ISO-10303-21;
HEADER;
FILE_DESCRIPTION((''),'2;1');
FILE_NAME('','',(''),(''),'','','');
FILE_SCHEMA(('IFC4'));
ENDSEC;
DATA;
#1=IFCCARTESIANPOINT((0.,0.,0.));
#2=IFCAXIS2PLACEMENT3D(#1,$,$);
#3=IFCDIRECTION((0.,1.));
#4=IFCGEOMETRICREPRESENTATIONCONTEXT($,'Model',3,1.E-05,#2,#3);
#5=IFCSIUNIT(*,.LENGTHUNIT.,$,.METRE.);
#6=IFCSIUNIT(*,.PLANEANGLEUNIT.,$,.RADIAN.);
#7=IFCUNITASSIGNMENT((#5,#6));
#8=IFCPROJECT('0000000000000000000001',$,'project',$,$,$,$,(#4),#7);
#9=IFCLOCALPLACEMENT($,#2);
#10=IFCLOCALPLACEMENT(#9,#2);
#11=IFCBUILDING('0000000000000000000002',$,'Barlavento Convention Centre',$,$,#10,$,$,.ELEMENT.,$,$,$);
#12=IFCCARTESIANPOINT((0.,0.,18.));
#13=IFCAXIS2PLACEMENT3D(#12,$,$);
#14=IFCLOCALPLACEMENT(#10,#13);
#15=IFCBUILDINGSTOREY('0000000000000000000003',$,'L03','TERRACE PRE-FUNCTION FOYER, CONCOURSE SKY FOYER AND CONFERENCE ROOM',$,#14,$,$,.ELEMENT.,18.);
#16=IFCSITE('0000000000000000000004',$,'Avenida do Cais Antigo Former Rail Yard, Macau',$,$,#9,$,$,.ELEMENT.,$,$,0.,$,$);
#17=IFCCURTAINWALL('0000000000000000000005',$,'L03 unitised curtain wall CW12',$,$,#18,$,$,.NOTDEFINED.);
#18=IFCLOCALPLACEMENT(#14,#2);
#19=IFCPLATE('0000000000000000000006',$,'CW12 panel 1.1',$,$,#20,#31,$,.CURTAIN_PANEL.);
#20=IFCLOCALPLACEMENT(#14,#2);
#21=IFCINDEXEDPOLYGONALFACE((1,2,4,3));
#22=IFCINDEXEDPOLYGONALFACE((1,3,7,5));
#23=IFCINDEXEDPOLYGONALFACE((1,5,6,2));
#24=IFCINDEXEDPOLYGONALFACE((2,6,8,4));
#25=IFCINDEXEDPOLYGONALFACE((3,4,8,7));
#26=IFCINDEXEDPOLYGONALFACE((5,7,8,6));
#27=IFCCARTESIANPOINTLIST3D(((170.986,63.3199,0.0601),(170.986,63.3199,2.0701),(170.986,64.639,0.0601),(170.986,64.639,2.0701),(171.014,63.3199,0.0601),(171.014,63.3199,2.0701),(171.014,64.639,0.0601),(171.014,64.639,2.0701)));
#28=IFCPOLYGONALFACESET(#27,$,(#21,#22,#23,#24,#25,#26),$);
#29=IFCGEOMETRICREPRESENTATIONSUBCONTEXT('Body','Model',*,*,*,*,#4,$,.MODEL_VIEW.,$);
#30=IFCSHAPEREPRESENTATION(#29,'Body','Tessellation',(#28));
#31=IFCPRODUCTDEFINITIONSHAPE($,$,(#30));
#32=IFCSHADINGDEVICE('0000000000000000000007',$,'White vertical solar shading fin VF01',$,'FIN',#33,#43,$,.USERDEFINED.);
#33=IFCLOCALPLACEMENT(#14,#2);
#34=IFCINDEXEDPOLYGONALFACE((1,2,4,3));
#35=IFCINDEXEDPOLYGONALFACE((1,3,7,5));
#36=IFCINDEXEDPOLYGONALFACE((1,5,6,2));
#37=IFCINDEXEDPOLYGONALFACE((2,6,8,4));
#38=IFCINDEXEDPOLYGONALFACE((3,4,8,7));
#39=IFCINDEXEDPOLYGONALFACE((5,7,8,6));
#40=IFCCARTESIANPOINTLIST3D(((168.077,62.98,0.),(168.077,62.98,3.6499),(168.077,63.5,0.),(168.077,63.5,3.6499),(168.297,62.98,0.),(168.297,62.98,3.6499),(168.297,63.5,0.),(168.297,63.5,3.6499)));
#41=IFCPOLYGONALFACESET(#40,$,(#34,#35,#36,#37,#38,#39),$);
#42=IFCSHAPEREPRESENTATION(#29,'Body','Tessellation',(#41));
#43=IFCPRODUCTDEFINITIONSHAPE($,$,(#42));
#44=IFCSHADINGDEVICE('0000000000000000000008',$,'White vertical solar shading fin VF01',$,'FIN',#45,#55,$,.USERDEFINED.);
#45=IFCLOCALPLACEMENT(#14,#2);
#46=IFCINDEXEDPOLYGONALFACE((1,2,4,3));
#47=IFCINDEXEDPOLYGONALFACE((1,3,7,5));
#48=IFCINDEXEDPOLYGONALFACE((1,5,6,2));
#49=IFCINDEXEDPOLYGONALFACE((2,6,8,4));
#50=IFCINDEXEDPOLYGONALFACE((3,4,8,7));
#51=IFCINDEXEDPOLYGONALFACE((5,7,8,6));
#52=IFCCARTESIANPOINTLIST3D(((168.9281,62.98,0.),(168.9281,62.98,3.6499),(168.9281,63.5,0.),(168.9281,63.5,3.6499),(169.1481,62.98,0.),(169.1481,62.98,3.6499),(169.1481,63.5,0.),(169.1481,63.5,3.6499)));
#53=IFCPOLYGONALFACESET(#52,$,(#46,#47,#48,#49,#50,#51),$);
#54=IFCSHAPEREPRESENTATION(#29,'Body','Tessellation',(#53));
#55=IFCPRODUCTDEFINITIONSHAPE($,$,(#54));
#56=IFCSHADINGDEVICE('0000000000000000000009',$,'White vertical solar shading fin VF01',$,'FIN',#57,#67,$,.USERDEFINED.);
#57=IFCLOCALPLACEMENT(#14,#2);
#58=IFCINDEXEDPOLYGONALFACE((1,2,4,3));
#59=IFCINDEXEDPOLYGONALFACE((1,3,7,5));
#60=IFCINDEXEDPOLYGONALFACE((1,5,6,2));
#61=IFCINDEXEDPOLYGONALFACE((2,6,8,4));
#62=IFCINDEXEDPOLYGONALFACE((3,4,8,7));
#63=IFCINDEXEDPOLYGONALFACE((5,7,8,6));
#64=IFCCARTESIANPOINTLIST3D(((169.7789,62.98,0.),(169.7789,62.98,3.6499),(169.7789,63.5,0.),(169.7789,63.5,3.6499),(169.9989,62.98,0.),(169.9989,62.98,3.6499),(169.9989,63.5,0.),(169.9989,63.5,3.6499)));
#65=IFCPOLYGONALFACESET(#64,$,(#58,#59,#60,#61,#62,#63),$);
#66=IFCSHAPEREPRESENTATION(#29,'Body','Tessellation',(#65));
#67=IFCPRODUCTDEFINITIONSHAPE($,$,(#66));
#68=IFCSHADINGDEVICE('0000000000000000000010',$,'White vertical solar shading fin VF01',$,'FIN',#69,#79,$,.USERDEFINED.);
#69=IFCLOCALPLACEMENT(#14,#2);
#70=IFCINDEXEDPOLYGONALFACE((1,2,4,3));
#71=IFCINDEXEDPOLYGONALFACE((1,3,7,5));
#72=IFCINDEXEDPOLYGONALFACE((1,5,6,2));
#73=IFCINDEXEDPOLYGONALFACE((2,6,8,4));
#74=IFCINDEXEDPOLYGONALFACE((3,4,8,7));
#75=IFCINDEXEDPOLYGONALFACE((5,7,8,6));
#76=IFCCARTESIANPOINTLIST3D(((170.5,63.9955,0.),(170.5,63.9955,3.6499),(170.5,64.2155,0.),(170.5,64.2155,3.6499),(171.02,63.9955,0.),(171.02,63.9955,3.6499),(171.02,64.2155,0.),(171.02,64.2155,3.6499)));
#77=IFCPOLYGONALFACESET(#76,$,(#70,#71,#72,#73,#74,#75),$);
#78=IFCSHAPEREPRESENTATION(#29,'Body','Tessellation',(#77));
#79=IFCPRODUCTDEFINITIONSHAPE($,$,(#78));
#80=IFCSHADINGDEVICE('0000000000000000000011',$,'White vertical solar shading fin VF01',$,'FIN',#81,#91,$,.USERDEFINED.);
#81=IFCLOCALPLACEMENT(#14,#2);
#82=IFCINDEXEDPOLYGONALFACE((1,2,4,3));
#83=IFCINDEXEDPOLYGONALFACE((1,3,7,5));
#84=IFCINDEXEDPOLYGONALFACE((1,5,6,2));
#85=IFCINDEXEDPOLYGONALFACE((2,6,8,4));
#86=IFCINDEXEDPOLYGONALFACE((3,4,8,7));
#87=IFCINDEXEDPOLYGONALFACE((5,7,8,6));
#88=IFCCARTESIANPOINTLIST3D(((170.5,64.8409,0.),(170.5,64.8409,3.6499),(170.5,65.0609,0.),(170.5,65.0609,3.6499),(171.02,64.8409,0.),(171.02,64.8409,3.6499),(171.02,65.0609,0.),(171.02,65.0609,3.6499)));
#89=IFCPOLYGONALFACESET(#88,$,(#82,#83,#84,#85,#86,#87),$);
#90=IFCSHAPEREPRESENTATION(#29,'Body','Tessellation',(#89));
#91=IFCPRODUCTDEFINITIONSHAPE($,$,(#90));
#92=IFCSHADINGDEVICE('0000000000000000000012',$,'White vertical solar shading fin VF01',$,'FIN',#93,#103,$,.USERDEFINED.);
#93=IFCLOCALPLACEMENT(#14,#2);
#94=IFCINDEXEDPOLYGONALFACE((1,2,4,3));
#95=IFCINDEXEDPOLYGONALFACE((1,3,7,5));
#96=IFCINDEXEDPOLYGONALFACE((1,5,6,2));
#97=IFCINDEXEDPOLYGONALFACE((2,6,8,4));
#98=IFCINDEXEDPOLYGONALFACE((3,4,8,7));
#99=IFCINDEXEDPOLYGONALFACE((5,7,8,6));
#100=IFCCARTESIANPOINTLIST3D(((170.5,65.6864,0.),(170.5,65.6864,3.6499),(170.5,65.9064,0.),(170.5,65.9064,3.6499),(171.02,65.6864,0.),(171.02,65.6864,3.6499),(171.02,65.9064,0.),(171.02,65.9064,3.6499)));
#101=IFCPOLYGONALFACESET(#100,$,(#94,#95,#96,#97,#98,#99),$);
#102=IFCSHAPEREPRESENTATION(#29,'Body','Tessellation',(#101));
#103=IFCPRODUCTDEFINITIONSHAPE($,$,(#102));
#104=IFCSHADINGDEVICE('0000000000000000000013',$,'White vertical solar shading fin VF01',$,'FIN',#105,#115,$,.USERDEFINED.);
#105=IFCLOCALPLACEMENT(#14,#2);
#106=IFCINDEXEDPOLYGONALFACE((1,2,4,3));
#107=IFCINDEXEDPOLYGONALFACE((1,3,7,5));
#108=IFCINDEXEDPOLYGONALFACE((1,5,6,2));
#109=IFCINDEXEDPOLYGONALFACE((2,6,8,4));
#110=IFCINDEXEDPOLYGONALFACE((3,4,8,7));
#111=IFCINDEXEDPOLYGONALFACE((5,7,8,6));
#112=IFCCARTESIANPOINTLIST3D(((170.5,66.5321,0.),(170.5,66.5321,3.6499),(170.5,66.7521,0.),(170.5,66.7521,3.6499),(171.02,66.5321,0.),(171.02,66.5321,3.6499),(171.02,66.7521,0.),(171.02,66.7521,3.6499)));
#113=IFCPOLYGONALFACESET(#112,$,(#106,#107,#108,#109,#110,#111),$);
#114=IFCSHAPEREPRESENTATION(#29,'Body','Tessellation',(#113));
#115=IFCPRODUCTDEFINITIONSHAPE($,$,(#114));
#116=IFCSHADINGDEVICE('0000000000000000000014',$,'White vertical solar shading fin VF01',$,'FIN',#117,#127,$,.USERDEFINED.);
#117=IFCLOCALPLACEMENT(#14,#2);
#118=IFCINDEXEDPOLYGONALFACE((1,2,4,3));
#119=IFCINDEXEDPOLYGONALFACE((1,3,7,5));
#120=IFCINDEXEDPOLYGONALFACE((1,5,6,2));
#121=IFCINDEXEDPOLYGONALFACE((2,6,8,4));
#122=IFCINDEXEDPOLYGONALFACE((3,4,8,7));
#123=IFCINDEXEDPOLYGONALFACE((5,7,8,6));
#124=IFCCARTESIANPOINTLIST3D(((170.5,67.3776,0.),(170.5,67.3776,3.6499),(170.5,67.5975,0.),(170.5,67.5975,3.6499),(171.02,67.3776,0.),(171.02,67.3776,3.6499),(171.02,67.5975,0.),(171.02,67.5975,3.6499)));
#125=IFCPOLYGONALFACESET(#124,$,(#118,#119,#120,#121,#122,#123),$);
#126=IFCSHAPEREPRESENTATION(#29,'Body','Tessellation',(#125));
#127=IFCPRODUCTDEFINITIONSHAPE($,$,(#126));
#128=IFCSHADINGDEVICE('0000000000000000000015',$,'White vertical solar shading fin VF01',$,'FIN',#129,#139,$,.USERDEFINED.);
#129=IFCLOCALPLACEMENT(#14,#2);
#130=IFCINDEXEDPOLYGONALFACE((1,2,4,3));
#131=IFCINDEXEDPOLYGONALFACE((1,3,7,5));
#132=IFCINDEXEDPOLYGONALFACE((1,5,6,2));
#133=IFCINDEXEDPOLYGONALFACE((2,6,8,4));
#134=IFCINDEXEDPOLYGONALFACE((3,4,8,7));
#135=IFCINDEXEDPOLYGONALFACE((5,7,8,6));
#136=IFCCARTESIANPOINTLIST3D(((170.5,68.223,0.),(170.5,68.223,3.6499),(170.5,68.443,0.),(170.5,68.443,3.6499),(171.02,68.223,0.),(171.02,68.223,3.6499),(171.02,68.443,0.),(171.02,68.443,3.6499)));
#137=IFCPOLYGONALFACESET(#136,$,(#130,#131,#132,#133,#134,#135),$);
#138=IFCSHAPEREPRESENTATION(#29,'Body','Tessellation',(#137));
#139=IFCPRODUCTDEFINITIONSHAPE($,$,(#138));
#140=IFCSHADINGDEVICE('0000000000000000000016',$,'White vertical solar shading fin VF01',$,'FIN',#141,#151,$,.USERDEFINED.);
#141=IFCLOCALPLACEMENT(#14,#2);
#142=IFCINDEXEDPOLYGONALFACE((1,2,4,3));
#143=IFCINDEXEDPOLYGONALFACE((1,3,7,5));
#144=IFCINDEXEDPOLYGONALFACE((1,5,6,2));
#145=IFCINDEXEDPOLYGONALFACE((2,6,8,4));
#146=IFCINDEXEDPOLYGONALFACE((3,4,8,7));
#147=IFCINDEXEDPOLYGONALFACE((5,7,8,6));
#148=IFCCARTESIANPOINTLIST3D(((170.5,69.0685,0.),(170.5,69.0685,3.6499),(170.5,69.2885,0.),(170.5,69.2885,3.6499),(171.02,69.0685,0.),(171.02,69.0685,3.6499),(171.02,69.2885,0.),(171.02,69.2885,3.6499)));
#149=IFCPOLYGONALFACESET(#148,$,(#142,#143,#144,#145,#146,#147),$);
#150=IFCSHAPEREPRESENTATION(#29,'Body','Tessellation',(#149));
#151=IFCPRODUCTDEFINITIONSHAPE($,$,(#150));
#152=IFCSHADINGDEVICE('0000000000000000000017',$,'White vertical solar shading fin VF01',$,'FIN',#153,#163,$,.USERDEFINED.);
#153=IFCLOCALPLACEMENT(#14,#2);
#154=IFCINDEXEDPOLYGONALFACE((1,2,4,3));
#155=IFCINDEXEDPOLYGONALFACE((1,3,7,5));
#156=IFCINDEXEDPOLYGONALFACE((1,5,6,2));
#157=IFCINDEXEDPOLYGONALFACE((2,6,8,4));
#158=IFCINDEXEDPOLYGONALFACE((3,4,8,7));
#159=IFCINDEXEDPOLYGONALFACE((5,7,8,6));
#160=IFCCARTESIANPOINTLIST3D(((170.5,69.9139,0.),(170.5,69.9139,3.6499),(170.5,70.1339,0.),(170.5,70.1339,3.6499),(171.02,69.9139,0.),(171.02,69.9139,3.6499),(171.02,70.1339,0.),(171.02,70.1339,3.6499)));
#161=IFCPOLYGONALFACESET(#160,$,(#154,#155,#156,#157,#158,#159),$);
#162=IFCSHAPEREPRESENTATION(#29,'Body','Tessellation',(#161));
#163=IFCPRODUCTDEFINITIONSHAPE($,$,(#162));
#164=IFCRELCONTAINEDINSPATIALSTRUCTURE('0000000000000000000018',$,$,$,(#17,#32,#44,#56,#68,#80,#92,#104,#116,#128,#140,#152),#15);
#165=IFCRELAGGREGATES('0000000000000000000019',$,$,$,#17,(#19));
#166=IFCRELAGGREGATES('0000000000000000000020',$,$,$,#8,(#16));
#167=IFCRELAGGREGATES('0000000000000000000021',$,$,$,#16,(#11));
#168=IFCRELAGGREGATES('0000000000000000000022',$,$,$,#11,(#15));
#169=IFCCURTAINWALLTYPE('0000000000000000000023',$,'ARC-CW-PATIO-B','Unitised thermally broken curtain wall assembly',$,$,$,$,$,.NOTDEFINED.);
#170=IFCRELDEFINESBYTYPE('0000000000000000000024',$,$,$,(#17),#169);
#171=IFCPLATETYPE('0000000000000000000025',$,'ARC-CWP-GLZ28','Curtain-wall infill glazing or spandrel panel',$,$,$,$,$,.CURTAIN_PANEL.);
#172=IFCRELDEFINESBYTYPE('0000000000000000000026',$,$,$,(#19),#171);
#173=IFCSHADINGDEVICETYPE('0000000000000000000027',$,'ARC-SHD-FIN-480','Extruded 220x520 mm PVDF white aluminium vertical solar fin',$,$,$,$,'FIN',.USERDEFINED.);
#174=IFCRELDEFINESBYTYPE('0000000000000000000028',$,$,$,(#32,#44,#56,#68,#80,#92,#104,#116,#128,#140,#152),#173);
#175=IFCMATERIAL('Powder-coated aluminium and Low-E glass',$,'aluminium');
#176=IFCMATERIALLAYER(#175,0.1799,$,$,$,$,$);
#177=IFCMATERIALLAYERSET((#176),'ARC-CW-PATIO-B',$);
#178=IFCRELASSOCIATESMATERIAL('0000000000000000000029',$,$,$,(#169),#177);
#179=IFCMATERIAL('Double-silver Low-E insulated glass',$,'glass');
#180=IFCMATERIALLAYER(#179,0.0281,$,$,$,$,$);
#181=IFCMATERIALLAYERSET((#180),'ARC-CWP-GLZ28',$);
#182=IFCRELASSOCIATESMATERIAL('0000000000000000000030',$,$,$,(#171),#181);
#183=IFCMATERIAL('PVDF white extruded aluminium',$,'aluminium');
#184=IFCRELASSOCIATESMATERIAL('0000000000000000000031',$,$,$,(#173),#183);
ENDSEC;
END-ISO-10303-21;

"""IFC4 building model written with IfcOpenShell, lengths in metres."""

from ifc_helpers import new_model, si_unit, direction, frame, origin, origin_2d, place, context, subcontext, project, spatial, rectangle, extrude, material, layer, layer_set, type_object, element, aggregate, save


model = new_model("IFC4")

# Units and contexts
model_context = context("Model", 3, precision=1e-05, world=origin(), true_north=direction((0.0, 1.0)))
body_context = subcontext(model_context, "Body", "Model", "MODEL_VIEW")
ifc_project = project(units=[si_unit("LENGTHUNIT", "METRE"), si_unit("PLANEANGLEUNIT", "RADIAN")], contexts=[model_context])

# Site, building, storey
site_placement = place(None, origin())
site = spatial("IfcSite", under=ifc_project, at=site_placement, Name="Avenida do Cais Antigo Former Rail Yard, Macau", CompositionType="ELEMENT", RefElevation=0.0)
building_placement = place(site_placement, origin())
building = spatial("IfcBuilding", under=site, at=building_placement, Name="Barlavento Convention Centre", CompositionType="ELEMENT")
storey_placement = place(building_placement, frame((0.0, 0.0, 18.0)))
storey = spatial("IfcBuildingStorey", under=building, at=storey_placement, Name="L03", Description="TERRACE PRE-FUNCTION FOYER, CONCOURSE SKY FOYER AND CONFERENCE ROOM", CompositionType="ELEMENT", Elevation=18.0)

# Shared definitions
ifc_material_1 = material(Name="Powder-coated aluminium and Low-E glass", Category="aluminium")
ifc_layer_1 = layer(ifc_material_1, 0.1799)
ifc_layer_set_1 = layer_set([ifc_layer_1], Name="ARC-CW-PATIO-B")
curtain_wall_type = type_object("IfcCurtainWallType", Name="ARC-CW-PATIO-B", Description="Unitised thermally broken curtain wall assembly", PredefinedType="NOTDEFINED", material=ifc_layer_set_1)

# Curtain wall
curtain_wall_1_placement = place(storey_placement, origin())
curtain_wall_1 = element("IfcCurtainWall", 1, at=curtain_wall_1_placement, inside=storey, type_object=curtain_wall_type, Name="L03 unitised curtain wall CW12", PredefinedType="NOTDEFINED")

# Plate
ifc_material_2 = material(Name="Double-silver Low-E insulated glass", Category="glass")
ifc_layer_2 = layer(ifc_material_2, 0.0281)
ifc_layer_set_2 = layer_set([ifc_layer_2], Name="ARC-CWP-GLZ28")
plate_type = type_object("IfcPlateType", Name="ARC-CWP-GLZ28", Description="Curtain-wall infill glazing or spandrel panel", PredefinedType="CURTAIN_PANEL", material=ifc_layer_set_2)
plate_1_placement = place(storey_placement, frame((171.0, 63.9795, 0.0601), z_axis=(0.0, 0.0, 1.0), x_axis=(0.0, 1.0, 0.0)))
plate_1 = element("IfcPlate", 2, at=plate_1_placement, type_object=plate_type, Name="CW12 panel 1.1", PredefinedType="CURTAIN_PANEL", context=body_context, shape_type="SweptSolid", body=[
    extrude(rectangle(XDim=1.3191, YDim=0.0281, at=origin_2d()), origin(), (0.0, 0.0, 1.0), 2.01),
])
aggregate(curtain_wall_1, [plate_1])

# Shading devices
ifc_material_3 = material(Name="PVDF white extruded aluminium", Category="aluminium")
shading_device_type = type_object("IfcShadingDeviceType", Name="ARC-SHD-FIN-480", Description="Extruded 220x520 mm PVDF white aluminium vertical solar fin", ElementType="FIN", PredefinedType="USERDEFINED", material=ifc_material_3)
for number, where, z_axis, x_axis, name in (
    (3, (168.187, 63.24, 0.0), (0.0, 0.0, 1.0), (1.0, 0.0, 0.0), "White vertical solar shading fin VF01"),
    (4, (169.0381, 63.24, 0.0), (0.0, 0.0, 1.0), (1.0, 0.0, 0.0), "White vertical solar shading fin VF01"),
    (5, (169.8889, 63.24, 0.0), (0.0, 0.0, 1.0), (1.0, 0.0, 0.0), "White vertical solar shading fin VF01"),
    (6, (170.76, 64.1055, 0.0), (0.0, 0.0, 1.0), (0.0, 1.0, 0.0), "White vertical solar shading fin VF01"),
    (7, (170.76, 64.9509, 0.0), (0.0, 0.0, 1.0), (0.0, 1.0, 0.0), "White vertical solar shading fin VF01"),
    (8, (170.76, 65.7964, 0.0), (0.0, 0.0, 1.0), (0.0, 1.0, 0.0), "White vertical solar shading fin VF01"),
    (9, (170.76, 66.6421, 0.0), (0.0, 0.0, 1.0), (0.0, 1.0, 0.0), "White vertical solar shading fin VF01"),
    (10, (170.76, 67.4875, 0.0), (0.0, 0.0, 1.0), (0.0, 1.0, 0.0), "White vertical solar shading fin VF01"),
    (11, (170.76, 68.333, 0.0), (0.0, 0.0, 1.0), (0.0, 1.0, 0.0), "White vertical solar shading fin VF01"),
    (12, (170.76, 69.1785, 0.0), (0.0, 0.0, 1.0), (0.0, 1.0, 0.0), "White vertical solar shading fin VF01"),
    (13, (170.76, 70.0239, 0.0), (0.0, 0.0, 1.0), (0.0, 1.0, 0.0), "White vertical solar shading fin VF01"),
):
    element("IfcShadingDevice", number, at=place(storey_placement, frame(where, z_axis=z_axis, x_axis=x_axis)), inside=storey, type_object=shading_device_type, Name=name, ObjectType="FIN", PredefinedType="USERDEFINED", context=body_context, shape_type="SweptSolid", body=[
        extrude(rectangle(XDim=0.22, YDim=0.52, at=origin_2d()), origin(), (0.0, 0.0, 1.0), 3.6499),
    ])

save(model, "model.ifc")
